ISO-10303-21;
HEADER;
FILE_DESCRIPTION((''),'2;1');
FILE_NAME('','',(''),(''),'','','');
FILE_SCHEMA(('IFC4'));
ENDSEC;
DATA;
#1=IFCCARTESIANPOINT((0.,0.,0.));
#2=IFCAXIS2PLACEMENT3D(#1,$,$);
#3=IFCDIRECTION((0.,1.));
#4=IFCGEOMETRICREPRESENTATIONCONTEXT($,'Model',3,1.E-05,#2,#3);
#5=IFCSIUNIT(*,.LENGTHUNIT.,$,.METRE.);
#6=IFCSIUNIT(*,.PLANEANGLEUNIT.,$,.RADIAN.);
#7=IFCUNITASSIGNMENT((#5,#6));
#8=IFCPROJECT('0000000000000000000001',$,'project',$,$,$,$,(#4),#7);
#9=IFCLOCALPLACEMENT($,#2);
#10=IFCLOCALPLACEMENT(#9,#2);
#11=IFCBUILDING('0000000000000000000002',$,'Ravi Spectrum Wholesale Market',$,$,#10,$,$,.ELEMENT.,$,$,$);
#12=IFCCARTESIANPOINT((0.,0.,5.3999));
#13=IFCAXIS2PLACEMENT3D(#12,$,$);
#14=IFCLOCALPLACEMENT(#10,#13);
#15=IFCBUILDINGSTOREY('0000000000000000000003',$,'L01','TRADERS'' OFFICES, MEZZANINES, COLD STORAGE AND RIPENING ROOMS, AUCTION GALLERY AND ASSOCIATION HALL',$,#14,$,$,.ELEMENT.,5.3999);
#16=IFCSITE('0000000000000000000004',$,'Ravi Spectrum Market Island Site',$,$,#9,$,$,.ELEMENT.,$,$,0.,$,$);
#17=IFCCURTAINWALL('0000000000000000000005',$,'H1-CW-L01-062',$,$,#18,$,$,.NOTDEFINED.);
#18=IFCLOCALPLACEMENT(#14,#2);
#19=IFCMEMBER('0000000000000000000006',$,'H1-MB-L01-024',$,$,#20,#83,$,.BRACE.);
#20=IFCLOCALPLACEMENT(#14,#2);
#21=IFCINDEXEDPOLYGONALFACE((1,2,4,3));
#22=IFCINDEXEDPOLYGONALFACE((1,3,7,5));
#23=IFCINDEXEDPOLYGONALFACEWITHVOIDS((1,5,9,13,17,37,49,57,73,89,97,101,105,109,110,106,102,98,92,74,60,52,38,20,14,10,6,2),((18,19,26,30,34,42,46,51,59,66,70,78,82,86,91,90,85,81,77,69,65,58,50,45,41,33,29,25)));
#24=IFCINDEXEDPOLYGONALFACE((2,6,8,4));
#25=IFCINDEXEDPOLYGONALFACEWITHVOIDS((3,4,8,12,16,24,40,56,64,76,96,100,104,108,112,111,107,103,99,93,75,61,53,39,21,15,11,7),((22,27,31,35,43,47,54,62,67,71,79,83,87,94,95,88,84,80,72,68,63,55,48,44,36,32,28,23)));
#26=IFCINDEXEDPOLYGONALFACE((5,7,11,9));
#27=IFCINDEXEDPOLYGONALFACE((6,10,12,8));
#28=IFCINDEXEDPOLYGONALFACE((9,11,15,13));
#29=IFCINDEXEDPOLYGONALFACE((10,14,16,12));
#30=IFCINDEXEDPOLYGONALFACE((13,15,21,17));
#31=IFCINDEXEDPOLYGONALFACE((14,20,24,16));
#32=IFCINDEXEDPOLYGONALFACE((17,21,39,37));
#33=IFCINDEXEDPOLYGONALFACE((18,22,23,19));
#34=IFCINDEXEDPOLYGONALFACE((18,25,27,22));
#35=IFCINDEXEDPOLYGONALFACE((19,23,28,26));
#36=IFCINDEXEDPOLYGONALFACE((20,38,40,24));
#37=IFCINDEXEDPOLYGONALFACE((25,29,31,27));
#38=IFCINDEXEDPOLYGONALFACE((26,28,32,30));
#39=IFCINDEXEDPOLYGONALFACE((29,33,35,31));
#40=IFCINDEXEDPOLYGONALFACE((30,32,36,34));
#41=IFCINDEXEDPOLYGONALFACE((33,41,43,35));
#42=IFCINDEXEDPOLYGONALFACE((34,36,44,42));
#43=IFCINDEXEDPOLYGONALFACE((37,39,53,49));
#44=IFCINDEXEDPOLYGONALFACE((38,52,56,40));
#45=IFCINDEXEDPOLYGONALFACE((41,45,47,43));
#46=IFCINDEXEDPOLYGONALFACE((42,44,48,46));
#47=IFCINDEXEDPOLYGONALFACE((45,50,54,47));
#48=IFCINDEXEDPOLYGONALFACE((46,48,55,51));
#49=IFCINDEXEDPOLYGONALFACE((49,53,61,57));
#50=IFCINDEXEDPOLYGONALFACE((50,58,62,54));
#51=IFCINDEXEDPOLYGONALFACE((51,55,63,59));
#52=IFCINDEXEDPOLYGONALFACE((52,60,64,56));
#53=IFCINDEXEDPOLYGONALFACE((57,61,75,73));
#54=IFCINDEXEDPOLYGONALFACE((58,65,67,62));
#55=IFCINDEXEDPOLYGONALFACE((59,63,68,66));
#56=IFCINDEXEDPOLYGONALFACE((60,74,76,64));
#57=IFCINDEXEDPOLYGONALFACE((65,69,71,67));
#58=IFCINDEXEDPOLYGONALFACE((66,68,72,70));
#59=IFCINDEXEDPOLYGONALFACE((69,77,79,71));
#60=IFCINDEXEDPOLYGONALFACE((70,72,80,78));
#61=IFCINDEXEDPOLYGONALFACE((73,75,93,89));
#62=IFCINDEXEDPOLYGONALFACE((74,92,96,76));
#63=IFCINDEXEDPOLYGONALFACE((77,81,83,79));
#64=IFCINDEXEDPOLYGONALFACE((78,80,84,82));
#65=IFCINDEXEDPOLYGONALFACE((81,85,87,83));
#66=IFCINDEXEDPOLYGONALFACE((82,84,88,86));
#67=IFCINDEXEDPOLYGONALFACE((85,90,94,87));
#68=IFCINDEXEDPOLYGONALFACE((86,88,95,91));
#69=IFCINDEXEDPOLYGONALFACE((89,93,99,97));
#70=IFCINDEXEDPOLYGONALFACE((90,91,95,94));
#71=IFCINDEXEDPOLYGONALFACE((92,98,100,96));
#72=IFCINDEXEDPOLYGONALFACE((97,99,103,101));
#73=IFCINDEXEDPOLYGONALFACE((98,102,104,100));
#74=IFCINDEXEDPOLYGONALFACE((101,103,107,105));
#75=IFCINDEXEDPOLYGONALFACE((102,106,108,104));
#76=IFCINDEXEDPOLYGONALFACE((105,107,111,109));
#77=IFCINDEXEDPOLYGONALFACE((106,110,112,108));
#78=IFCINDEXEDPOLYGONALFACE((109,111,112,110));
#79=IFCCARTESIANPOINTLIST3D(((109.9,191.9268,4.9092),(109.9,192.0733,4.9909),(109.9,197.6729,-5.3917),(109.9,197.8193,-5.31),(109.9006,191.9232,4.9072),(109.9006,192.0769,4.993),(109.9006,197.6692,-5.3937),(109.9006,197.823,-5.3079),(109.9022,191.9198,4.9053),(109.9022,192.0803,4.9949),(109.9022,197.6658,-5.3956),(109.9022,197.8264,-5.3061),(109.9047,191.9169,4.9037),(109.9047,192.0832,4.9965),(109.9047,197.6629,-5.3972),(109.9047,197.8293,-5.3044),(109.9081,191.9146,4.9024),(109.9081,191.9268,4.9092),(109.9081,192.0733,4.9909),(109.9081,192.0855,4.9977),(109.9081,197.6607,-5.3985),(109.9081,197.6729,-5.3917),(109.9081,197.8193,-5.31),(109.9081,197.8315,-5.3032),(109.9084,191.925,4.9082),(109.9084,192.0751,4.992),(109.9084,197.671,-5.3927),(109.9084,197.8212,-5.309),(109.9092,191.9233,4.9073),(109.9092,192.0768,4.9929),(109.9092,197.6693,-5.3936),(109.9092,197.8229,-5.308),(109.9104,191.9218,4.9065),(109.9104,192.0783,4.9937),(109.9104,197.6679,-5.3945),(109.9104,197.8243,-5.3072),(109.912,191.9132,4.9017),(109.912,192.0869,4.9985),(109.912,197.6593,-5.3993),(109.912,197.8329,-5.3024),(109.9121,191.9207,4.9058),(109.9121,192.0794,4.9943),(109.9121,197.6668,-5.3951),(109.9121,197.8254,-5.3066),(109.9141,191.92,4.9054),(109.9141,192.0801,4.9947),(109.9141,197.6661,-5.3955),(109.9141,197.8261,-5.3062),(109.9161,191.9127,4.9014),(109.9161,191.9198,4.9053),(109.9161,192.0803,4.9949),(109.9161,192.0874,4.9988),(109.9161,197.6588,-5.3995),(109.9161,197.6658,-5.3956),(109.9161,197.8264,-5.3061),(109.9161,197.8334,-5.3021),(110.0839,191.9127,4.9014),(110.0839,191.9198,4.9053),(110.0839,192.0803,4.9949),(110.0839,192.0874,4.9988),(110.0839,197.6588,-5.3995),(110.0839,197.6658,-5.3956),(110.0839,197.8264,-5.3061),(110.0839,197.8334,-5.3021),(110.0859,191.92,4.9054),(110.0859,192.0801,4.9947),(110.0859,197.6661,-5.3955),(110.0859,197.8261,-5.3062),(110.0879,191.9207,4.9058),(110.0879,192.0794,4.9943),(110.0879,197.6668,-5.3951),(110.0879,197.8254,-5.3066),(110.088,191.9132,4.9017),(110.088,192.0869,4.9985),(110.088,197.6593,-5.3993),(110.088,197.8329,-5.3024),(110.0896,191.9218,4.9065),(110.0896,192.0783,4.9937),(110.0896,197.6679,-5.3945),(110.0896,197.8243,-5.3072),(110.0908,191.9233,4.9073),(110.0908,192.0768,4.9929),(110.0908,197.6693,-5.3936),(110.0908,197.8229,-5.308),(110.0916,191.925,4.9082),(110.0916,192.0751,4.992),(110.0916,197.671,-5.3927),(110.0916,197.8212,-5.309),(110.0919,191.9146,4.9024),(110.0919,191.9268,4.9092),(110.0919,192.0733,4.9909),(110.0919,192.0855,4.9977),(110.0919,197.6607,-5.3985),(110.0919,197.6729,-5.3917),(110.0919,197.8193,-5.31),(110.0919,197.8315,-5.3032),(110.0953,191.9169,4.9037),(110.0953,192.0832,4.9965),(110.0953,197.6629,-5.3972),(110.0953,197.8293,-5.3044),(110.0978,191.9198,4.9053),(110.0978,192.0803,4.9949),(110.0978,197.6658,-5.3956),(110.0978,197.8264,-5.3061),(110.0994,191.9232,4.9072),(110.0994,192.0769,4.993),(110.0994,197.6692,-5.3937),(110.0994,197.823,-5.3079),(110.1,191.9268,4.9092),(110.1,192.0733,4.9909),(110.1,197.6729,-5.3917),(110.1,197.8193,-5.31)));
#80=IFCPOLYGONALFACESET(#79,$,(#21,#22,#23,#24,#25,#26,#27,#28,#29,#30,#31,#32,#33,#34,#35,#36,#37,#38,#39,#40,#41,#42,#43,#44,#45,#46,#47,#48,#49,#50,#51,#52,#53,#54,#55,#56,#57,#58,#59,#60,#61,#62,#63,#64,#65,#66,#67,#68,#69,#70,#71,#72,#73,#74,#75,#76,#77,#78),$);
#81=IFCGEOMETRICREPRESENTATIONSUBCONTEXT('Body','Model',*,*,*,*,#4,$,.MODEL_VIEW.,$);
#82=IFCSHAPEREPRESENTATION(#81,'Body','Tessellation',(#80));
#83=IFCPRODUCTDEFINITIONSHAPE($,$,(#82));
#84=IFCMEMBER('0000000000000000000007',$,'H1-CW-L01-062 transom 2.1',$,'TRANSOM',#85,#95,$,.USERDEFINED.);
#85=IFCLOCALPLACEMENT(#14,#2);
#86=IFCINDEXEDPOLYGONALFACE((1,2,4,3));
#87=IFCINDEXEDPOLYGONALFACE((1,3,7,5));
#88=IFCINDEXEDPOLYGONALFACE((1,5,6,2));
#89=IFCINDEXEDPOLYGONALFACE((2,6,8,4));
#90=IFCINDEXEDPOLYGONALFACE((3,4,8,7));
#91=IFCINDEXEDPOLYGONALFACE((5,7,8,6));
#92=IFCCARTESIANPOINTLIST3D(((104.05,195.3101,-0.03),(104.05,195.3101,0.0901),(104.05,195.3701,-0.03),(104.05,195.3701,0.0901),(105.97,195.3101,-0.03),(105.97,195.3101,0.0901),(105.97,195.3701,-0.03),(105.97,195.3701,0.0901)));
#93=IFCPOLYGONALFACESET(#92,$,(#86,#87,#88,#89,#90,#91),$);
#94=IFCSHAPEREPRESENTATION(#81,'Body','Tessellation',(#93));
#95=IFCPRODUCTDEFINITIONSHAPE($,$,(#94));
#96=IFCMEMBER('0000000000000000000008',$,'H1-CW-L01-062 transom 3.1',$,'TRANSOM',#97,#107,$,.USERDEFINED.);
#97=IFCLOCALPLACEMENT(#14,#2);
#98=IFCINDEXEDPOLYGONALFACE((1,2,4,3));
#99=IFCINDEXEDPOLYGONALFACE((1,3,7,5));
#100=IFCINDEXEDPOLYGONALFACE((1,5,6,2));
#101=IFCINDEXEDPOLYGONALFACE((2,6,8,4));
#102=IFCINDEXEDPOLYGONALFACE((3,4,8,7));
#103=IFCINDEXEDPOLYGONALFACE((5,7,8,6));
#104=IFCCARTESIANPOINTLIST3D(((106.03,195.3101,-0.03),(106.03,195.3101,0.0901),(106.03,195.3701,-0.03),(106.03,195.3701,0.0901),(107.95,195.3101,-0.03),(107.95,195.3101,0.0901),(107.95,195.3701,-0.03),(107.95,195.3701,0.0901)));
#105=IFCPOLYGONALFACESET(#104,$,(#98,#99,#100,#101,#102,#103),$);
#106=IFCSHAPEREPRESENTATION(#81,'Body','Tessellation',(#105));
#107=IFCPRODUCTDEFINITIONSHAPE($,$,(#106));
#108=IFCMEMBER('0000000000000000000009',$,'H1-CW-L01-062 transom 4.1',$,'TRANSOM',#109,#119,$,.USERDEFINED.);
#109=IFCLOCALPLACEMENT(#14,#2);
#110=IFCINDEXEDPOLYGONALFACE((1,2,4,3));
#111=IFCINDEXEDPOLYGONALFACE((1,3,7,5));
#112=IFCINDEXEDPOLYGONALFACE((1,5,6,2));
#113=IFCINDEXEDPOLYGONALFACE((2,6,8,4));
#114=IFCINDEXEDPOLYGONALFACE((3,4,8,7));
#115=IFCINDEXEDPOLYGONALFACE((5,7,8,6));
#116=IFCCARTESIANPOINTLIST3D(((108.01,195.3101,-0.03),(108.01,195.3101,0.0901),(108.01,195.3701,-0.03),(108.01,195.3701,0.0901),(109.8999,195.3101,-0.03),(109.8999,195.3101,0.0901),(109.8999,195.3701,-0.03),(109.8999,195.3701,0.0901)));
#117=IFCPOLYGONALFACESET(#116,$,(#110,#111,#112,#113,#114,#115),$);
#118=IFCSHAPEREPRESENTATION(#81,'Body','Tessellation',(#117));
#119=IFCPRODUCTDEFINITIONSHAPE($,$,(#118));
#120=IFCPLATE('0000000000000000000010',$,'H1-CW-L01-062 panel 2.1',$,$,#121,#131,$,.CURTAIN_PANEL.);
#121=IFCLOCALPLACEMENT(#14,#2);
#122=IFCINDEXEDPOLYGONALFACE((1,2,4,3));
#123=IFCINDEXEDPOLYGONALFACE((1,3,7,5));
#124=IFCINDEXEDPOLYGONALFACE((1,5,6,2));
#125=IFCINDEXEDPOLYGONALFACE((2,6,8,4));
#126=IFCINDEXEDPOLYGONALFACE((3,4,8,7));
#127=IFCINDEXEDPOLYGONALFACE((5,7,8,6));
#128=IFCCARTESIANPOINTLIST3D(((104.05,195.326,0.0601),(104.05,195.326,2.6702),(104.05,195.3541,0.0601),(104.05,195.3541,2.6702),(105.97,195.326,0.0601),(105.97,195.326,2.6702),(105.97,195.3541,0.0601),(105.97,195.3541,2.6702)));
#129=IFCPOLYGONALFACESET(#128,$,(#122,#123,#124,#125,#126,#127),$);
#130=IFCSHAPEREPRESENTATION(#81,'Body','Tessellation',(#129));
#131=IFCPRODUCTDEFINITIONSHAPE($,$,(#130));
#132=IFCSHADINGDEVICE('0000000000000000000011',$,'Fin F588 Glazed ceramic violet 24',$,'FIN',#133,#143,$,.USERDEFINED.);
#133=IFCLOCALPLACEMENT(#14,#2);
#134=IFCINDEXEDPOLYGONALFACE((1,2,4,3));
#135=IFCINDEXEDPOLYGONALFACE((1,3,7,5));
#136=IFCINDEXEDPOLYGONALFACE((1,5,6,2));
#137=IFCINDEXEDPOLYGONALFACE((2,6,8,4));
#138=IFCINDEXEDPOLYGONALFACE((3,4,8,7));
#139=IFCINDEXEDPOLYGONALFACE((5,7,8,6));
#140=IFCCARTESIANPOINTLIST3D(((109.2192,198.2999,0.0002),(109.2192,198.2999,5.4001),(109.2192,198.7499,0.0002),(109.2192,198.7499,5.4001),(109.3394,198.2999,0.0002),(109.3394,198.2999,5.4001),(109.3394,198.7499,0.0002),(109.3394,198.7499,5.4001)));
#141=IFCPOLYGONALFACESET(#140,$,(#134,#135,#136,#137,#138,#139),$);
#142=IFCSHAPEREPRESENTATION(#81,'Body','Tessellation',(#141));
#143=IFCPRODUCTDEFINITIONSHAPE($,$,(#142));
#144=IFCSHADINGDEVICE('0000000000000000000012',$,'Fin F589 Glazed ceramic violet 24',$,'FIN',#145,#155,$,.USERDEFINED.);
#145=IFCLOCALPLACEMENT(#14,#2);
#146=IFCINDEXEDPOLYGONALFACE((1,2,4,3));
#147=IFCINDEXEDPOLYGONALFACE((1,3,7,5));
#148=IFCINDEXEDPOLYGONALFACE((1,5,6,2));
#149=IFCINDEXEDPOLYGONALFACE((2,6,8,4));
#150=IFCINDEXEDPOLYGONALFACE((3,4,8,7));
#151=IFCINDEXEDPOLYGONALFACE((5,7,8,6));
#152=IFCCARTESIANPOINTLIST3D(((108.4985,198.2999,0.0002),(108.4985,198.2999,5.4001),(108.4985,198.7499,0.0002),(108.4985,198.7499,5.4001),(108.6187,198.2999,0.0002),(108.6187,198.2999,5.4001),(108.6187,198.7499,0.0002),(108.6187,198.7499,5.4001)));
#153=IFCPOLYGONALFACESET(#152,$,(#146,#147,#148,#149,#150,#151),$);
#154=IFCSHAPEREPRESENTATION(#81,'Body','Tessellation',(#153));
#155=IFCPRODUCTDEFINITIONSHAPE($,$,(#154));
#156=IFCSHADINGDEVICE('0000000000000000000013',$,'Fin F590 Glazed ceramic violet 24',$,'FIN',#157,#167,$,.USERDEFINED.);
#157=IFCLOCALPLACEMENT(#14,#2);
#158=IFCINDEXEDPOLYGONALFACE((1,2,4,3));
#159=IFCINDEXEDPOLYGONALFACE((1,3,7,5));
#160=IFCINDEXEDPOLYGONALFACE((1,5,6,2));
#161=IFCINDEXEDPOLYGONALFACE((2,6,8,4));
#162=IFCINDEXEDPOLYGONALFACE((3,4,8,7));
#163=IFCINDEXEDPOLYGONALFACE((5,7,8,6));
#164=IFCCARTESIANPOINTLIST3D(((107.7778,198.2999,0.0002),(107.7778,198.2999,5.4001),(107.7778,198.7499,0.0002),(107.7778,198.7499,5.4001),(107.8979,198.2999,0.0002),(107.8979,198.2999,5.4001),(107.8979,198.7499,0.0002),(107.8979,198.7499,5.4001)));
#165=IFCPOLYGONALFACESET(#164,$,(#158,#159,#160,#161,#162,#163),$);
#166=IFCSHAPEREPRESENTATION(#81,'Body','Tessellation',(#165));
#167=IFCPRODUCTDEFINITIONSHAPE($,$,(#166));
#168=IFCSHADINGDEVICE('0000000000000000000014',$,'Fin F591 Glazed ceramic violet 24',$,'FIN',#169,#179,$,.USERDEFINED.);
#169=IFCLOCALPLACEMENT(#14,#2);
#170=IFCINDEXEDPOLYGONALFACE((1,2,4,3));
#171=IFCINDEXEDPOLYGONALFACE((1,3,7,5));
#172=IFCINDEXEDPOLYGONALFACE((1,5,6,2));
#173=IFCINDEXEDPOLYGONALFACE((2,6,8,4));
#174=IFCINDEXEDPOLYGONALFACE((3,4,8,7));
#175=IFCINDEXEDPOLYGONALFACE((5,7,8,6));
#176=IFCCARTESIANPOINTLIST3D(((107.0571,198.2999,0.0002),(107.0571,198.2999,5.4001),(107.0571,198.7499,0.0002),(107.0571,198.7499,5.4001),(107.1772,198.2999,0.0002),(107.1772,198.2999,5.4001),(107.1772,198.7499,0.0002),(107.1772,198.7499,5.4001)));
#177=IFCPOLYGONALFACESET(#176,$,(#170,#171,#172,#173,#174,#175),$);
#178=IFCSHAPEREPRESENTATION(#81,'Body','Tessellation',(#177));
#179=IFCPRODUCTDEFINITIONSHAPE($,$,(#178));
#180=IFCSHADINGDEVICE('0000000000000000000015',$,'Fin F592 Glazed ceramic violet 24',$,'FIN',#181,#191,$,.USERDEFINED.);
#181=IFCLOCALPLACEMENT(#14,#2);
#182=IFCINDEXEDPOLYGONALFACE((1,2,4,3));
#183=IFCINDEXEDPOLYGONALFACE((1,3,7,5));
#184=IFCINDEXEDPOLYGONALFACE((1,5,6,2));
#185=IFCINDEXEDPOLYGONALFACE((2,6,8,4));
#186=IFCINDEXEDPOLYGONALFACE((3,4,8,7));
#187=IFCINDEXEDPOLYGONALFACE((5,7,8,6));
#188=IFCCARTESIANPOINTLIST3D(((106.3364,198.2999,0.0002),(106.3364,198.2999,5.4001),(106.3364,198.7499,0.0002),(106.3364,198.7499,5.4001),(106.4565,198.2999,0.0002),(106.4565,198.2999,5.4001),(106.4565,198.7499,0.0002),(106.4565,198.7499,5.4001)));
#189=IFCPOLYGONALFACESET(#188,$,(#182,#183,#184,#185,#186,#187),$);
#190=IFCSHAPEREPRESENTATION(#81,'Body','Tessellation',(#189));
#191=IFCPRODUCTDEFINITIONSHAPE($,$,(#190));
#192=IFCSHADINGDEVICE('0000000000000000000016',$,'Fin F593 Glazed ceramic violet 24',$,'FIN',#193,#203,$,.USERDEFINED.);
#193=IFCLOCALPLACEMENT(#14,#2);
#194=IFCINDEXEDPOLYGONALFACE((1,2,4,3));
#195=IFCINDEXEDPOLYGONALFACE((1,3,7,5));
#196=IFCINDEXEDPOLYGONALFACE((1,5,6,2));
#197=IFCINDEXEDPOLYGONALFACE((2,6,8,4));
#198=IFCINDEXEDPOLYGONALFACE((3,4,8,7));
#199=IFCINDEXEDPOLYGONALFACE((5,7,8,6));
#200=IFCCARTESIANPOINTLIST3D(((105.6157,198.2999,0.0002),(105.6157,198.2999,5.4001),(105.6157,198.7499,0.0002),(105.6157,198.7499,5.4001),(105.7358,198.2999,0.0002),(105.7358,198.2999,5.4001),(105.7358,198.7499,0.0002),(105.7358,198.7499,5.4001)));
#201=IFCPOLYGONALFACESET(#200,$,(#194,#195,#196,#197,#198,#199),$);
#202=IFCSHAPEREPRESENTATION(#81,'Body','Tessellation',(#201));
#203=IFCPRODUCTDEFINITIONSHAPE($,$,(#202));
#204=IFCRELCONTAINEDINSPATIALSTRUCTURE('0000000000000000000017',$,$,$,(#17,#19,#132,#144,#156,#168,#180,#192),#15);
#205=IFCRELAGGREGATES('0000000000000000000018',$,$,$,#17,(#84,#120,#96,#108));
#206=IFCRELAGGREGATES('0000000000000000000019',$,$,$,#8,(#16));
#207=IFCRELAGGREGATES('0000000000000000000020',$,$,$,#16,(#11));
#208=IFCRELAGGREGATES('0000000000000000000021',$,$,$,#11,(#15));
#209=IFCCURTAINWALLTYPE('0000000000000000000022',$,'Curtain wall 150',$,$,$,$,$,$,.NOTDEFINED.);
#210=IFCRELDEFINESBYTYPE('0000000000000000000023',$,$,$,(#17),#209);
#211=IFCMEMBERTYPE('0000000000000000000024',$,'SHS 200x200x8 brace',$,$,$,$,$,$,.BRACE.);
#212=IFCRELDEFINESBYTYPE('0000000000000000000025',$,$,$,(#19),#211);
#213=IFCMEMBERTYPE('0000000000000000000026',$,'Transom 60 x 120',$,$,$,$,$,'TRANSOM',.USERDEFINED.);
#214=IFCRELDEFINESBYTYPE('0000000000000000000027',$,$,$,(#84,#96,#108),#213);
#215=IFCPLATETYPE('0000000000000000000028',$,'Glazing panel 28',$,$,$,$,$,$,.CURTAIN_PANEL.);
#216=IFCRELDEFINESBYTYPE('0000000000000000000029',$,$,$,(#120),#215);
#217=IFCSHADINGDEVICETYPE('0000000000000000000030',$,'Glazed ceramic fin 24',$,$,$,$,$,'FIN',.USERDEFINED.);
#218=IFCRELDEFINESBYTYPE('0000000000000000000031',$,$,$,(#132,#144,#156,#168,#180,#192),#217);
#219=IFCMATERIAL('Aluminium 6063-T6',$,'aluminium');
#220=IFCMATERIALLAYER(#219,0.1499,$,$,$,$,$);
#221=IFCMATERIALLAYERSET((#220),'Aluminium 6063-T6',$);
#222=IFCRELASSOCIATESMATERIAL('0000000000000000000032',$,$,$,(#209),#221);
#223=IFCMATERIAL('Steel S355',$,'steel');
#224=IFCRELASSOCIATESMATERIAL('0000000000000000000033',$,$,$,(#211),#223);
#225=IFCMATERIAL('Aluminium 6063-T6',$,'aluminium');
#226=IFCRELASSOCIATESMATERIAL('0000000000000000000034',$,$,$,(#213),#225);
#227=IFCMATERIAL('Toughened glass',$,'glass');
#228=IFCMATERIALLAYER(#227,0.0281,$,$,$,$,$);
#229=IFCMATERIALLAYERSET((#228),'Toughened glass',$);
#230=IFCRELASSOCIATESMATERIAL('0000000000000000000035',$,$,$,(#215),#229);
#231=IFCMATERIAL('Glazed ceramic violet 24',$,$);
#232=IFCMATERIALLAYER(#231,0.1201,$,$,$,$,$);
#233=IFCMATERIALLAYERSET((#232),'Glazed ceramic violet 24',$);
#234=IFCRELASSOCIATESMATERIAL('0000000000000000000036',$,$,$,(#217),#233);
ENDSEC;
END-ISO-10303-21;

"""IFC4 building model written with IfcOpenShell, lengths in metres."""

from ifc_helpers import new_model, si_unit, direction, frame, origin, origin_2d, place, context, subcontext, project, spatial, rectangle, hollow_rectangle, extrude, material, layer, layer_set, material_profile, profile_set, type_object, element, aggregate, save


model = new_model("IFC4")

# Units and contexts
model_context = context("Model", 3, precision=1e-05, world=origin(), true_north=direction((0.0, 1.0)))
body_context = subcontext(model_context, "Body", "Model", "MODEL_VIEW")
ifc_project = project(units=[si_unit("LENGTHUNIT", "METRE"), si_unit("PLANEANGLEUNIT", "RADIAN")], contexts=[model_context])

# Site, building, storey
site_placement = place(None, origin())
site = spatial("IfcSite", under=ifc_project, at=site_placement, Name="Ravi Spectrum Market Island Site", CompositionType="ELEMENT", RefElevation=0.0)
building_placement = place(site_placement, origin())
building = spatial("IfcBuilding", under=site, at=building_placement, Name="Ravi Spectrum Wholesale Market", CompositionType="ELEMENT")
storey_placement = place(building_placement, frame((0.0, 0.0, 5.3999)))
storey = spatial("IfcBuildingStorey", under=building, at=storey_placement, Name="L01", Description="TRADERS' OFFICES, MEZZANINES, COLD STORAGE AND RIPENING ROOMS, AUCTION GALLERY AND ASSOCIATION HALL", CompositionType="ELEMENT", Elevation=5.3999)

# Curtain wall
ifc_material_1 = material(Name="Aluminium 6063-T6", Category="aluminium")
ifc_layer_1 = layer(ifc_material_1, 0.1499)
ifc_layer_set_1 = layer_set([ifc_layer_1], Name="Aluminium 6063-T6")
curtain_wall_type = type_object("IfcCurtainWallType", Name="Curtain wall 150", PredefinedType="NOTDEFINED", material=ifc_layer_set_1)
curtain_wall_placement = place(storey_placement, origin())
curtain_wall = element("IfcCurtainWall", 1, at=curtain_wall_placement, inside=storey, type_object=curtain_wall_type, Name="H1-CW-L01-062", PredefinedType="NOTDEFINED")

# Members
ifc_material_2 = material(Name="Steel S355", Category="steel")
ifc_material_profile_1 = material_profile(ifc_material_2, hollow_rectangle(XDim=0.2, YDim=0.2, WallThickness=0.0081, InnerFilletRadius=0.0081, OuterFilletRadius=0.0161, at=origin_2d()))
ifc_profile_set_1 = profile_set([ifc_material_profile_1], Name="Steel S355")
member_type_1 = type_object("IfcMemberType", Name="SHS 200x200x8 brace", PredefinedType="BRACE", material=ifc_profile_set_1)
member_1_placement = place(storey_placement, frame((110.0, 197.7461, -5.3508), z_axis=(0.0, -0.487152, 0.873317), x_axis=(1.0, 0.0, 0.0)))
element("IfcMember", 2, at=member_1_placement, inside=storey, type_object=member_type_1, Name="H1-MB-L01-024", PredefinedType="BRACE", context=body_context, shape_type="SweptSolid", body=[
    extrude(hollow_rectangle(XDim=0.2, YDim=0.2, WallThickness=0.0081, InnerFilletRadius=0.0081, OuterFilletRadius=0.0161, at=origin_2d()), origin(), (0.0, 0.0, 1.0), 11.7952),
])
ifc_material_3 = material(Name="Aluminium 6063-T6", Category="aluminium")
ifc_material_profile_2 = material_profile(ifc_material_3, rectangle(XDim=0.0601, YDim=0.1201, at=origin_2d()))
ifc_profile_set_2 = profile_set([ifc_material_profile_2], Name="Aluminium 6063-T6")
member_type_2 = type_object("IfcMemberType", Name="Transom 60 x 120", ElementType="TRANSOM", PredefinedType="USERDEFINED", material=ifc_profile_set_2)
member_2_placement = place(storey_placement, frame((104.05, 195.3401, 0.03), z_axis=(1.0, 0.0, 0.0), x_axis=(0.0, 1.0, 0.0)))
member_2 = element("IfcMember", 3, at=member_2_placement, type_object=member_type_2, Name="H1-CW-L01-062 transom 2.1", ObjectType="TRANSOM", PredefinedType="USERDEFINED", context=body_context, shape_type="SweptSolid", body=[
    extrude(rectangle(XDim=0.0601, YDim=0.1201, at=origin_2d()), origin(), (0.0, 0.0, 1.0), 1.9199),
])
member_3_placement = place(storey_placement, frame((106.03, 195.3401, 0.03), z_axis=(1.0, 0.0, 0.0), x_axis=(0.0, 1.0, 0.0)))
member_3 = element("IfcMember", 4, at=member_3_placement, type_object=member_type_2, Name="H1-CW-L01-062 transom 3.1", ObjectType="TRANSOM", PredefinedType="USERDEFINED", context=body_context, shape_type="SweptSolid", body=[
    extrude(rectangle(XDim=0.0601, YDim=0.1201, at=origin_2d()), origin(), (0.0, 0.0, 1.0), 1.9199),
])
member_4_placement = place(storey_placement, frame((108.01, 195.3401, 0.03), z_axis=(1.0, 0.0, 0.0), x_axis=(0.0, 1.0, 0.0)))
member_4 = element("IfcMember", 5, at=member_4_placement, type_object=member_type_2, Name="H1-CW-L01-062 transom 4.1", ObjectType="TRANSOM", PredefinedType="USERDEFINED", context=body_context, shape_type="SweptSolid", body=[
    extrude(rectangle(XDim=0.0601, YDim=0.1201, at=origin_2d()), origin(), (0.0, 0.0, 1.0), 1.8899),
])

# Plate
ifc_material_4 = material(Name="Toughened glass", Category="glass")
ifc_layer_2 = layer(ifc_material_4, 0.0281)
ifc_layer_set_2 = layer_set([ifc_layer_2], Name="Toughened glass")
plate_type = type_object("IfcPlateType", Name="Glazing panel 28", PredefinedType="CURTAIN_PANEL", material=ifc_layer_set_2)
plate_placement = place(storey_placement, frame((105.01, 195.3401, 0.0601), z_axis=(0.0, 0.0, 1.0), x_axis=(1.0, 0.0, 0.0)))
plate = element("IfcPlate", 6, at=plate_placement, type_object=plate_type, Name="H1-CW-L01-062 panel 2.1", PredefinedType="CURTAIN_PANEL", context=body_context, shape_type="SweptSolid", body=[
    extrude(rectangle(XDim=1.9199, YDim=0.0281, at=origin_2d()), origin(), (0.0, 0.0, 1.0), 2.6101),
])
aggregate(curtain_wall, [member_2, plate, member_3, member_4])

# Shading devices
ifc_material_5 = material(Name="Glazed ceramic violet 24")
ifc_layer_3 = layer(ifc_material_5, 0.1201)
ifc_layer_set_3 = layer_set([ifc_layer_3], Name="Glazed ceramic violet 24")
shading_device_type = type_object("IfcShadingDeviceType", Name="Glazed ceramic fin 24", ElementType="FIN", PredefinedType="USERDEFINED", material=ifc_layer_set_3)
for number, where, z_axis, x_axis, name in (
    (7, (109.2793, 198.5249, 0.0002), (0.0, 0.0, 1.0), (-1.0, 0.0, 0.0), "Fin F588 Glazed ceramic violet 24"),
    (8, (108.5586, 198.5249, 0.0002), (0.0, 0.0, 1.0), (-1.0, 0.0, 0.0), "Fin F589 Glazed ceramic violet 24"),
    (9, (107.8379, 198.5249, 0.0002), (0.0, 0.0, 1.0), (-1.0, 0.0, 0.0), "Fin F590 Glazed ceramic violet 24"),
    (10, (107.1172, 198.5249, 0.0002), (0.0, 0.0, 1.0), (-1.0, 0.0, 0.0), "Fin F591 Glazed ceramic violet 24"),
    (11, (106.3965, 198.5249, 0.0002), (0.0, 0.0, 1.0), (-1.0, 0.0, 0.0), "Fin F592 Glazed ceramic violet 24"),
    (12, (105.6758, 198.5249, 0.0002), (0.0, 0.0, 1.0), (-1.0, 0.0, 0.0), "Fin F593 Glazed ceramic violet 24"),
):
    element("IfcShadingDevice", number, at=place(storey_placement, frame(where, z_axis=z_axis, x_axis=x_axis)), inside=storey, type_object=shading_device_type, Name=name, ObjectType="FIN", PredefinedType="USERDEFINED", context=body_context, shape_type="SweptSolid", body=[
        extrude(rectangle(XDim=0.1201, YDim=0.45, at=origin_2d()), origin(), (0.0, 0.0, 1.0), 5.3999),
    ])

save(model, "model.ifc")
